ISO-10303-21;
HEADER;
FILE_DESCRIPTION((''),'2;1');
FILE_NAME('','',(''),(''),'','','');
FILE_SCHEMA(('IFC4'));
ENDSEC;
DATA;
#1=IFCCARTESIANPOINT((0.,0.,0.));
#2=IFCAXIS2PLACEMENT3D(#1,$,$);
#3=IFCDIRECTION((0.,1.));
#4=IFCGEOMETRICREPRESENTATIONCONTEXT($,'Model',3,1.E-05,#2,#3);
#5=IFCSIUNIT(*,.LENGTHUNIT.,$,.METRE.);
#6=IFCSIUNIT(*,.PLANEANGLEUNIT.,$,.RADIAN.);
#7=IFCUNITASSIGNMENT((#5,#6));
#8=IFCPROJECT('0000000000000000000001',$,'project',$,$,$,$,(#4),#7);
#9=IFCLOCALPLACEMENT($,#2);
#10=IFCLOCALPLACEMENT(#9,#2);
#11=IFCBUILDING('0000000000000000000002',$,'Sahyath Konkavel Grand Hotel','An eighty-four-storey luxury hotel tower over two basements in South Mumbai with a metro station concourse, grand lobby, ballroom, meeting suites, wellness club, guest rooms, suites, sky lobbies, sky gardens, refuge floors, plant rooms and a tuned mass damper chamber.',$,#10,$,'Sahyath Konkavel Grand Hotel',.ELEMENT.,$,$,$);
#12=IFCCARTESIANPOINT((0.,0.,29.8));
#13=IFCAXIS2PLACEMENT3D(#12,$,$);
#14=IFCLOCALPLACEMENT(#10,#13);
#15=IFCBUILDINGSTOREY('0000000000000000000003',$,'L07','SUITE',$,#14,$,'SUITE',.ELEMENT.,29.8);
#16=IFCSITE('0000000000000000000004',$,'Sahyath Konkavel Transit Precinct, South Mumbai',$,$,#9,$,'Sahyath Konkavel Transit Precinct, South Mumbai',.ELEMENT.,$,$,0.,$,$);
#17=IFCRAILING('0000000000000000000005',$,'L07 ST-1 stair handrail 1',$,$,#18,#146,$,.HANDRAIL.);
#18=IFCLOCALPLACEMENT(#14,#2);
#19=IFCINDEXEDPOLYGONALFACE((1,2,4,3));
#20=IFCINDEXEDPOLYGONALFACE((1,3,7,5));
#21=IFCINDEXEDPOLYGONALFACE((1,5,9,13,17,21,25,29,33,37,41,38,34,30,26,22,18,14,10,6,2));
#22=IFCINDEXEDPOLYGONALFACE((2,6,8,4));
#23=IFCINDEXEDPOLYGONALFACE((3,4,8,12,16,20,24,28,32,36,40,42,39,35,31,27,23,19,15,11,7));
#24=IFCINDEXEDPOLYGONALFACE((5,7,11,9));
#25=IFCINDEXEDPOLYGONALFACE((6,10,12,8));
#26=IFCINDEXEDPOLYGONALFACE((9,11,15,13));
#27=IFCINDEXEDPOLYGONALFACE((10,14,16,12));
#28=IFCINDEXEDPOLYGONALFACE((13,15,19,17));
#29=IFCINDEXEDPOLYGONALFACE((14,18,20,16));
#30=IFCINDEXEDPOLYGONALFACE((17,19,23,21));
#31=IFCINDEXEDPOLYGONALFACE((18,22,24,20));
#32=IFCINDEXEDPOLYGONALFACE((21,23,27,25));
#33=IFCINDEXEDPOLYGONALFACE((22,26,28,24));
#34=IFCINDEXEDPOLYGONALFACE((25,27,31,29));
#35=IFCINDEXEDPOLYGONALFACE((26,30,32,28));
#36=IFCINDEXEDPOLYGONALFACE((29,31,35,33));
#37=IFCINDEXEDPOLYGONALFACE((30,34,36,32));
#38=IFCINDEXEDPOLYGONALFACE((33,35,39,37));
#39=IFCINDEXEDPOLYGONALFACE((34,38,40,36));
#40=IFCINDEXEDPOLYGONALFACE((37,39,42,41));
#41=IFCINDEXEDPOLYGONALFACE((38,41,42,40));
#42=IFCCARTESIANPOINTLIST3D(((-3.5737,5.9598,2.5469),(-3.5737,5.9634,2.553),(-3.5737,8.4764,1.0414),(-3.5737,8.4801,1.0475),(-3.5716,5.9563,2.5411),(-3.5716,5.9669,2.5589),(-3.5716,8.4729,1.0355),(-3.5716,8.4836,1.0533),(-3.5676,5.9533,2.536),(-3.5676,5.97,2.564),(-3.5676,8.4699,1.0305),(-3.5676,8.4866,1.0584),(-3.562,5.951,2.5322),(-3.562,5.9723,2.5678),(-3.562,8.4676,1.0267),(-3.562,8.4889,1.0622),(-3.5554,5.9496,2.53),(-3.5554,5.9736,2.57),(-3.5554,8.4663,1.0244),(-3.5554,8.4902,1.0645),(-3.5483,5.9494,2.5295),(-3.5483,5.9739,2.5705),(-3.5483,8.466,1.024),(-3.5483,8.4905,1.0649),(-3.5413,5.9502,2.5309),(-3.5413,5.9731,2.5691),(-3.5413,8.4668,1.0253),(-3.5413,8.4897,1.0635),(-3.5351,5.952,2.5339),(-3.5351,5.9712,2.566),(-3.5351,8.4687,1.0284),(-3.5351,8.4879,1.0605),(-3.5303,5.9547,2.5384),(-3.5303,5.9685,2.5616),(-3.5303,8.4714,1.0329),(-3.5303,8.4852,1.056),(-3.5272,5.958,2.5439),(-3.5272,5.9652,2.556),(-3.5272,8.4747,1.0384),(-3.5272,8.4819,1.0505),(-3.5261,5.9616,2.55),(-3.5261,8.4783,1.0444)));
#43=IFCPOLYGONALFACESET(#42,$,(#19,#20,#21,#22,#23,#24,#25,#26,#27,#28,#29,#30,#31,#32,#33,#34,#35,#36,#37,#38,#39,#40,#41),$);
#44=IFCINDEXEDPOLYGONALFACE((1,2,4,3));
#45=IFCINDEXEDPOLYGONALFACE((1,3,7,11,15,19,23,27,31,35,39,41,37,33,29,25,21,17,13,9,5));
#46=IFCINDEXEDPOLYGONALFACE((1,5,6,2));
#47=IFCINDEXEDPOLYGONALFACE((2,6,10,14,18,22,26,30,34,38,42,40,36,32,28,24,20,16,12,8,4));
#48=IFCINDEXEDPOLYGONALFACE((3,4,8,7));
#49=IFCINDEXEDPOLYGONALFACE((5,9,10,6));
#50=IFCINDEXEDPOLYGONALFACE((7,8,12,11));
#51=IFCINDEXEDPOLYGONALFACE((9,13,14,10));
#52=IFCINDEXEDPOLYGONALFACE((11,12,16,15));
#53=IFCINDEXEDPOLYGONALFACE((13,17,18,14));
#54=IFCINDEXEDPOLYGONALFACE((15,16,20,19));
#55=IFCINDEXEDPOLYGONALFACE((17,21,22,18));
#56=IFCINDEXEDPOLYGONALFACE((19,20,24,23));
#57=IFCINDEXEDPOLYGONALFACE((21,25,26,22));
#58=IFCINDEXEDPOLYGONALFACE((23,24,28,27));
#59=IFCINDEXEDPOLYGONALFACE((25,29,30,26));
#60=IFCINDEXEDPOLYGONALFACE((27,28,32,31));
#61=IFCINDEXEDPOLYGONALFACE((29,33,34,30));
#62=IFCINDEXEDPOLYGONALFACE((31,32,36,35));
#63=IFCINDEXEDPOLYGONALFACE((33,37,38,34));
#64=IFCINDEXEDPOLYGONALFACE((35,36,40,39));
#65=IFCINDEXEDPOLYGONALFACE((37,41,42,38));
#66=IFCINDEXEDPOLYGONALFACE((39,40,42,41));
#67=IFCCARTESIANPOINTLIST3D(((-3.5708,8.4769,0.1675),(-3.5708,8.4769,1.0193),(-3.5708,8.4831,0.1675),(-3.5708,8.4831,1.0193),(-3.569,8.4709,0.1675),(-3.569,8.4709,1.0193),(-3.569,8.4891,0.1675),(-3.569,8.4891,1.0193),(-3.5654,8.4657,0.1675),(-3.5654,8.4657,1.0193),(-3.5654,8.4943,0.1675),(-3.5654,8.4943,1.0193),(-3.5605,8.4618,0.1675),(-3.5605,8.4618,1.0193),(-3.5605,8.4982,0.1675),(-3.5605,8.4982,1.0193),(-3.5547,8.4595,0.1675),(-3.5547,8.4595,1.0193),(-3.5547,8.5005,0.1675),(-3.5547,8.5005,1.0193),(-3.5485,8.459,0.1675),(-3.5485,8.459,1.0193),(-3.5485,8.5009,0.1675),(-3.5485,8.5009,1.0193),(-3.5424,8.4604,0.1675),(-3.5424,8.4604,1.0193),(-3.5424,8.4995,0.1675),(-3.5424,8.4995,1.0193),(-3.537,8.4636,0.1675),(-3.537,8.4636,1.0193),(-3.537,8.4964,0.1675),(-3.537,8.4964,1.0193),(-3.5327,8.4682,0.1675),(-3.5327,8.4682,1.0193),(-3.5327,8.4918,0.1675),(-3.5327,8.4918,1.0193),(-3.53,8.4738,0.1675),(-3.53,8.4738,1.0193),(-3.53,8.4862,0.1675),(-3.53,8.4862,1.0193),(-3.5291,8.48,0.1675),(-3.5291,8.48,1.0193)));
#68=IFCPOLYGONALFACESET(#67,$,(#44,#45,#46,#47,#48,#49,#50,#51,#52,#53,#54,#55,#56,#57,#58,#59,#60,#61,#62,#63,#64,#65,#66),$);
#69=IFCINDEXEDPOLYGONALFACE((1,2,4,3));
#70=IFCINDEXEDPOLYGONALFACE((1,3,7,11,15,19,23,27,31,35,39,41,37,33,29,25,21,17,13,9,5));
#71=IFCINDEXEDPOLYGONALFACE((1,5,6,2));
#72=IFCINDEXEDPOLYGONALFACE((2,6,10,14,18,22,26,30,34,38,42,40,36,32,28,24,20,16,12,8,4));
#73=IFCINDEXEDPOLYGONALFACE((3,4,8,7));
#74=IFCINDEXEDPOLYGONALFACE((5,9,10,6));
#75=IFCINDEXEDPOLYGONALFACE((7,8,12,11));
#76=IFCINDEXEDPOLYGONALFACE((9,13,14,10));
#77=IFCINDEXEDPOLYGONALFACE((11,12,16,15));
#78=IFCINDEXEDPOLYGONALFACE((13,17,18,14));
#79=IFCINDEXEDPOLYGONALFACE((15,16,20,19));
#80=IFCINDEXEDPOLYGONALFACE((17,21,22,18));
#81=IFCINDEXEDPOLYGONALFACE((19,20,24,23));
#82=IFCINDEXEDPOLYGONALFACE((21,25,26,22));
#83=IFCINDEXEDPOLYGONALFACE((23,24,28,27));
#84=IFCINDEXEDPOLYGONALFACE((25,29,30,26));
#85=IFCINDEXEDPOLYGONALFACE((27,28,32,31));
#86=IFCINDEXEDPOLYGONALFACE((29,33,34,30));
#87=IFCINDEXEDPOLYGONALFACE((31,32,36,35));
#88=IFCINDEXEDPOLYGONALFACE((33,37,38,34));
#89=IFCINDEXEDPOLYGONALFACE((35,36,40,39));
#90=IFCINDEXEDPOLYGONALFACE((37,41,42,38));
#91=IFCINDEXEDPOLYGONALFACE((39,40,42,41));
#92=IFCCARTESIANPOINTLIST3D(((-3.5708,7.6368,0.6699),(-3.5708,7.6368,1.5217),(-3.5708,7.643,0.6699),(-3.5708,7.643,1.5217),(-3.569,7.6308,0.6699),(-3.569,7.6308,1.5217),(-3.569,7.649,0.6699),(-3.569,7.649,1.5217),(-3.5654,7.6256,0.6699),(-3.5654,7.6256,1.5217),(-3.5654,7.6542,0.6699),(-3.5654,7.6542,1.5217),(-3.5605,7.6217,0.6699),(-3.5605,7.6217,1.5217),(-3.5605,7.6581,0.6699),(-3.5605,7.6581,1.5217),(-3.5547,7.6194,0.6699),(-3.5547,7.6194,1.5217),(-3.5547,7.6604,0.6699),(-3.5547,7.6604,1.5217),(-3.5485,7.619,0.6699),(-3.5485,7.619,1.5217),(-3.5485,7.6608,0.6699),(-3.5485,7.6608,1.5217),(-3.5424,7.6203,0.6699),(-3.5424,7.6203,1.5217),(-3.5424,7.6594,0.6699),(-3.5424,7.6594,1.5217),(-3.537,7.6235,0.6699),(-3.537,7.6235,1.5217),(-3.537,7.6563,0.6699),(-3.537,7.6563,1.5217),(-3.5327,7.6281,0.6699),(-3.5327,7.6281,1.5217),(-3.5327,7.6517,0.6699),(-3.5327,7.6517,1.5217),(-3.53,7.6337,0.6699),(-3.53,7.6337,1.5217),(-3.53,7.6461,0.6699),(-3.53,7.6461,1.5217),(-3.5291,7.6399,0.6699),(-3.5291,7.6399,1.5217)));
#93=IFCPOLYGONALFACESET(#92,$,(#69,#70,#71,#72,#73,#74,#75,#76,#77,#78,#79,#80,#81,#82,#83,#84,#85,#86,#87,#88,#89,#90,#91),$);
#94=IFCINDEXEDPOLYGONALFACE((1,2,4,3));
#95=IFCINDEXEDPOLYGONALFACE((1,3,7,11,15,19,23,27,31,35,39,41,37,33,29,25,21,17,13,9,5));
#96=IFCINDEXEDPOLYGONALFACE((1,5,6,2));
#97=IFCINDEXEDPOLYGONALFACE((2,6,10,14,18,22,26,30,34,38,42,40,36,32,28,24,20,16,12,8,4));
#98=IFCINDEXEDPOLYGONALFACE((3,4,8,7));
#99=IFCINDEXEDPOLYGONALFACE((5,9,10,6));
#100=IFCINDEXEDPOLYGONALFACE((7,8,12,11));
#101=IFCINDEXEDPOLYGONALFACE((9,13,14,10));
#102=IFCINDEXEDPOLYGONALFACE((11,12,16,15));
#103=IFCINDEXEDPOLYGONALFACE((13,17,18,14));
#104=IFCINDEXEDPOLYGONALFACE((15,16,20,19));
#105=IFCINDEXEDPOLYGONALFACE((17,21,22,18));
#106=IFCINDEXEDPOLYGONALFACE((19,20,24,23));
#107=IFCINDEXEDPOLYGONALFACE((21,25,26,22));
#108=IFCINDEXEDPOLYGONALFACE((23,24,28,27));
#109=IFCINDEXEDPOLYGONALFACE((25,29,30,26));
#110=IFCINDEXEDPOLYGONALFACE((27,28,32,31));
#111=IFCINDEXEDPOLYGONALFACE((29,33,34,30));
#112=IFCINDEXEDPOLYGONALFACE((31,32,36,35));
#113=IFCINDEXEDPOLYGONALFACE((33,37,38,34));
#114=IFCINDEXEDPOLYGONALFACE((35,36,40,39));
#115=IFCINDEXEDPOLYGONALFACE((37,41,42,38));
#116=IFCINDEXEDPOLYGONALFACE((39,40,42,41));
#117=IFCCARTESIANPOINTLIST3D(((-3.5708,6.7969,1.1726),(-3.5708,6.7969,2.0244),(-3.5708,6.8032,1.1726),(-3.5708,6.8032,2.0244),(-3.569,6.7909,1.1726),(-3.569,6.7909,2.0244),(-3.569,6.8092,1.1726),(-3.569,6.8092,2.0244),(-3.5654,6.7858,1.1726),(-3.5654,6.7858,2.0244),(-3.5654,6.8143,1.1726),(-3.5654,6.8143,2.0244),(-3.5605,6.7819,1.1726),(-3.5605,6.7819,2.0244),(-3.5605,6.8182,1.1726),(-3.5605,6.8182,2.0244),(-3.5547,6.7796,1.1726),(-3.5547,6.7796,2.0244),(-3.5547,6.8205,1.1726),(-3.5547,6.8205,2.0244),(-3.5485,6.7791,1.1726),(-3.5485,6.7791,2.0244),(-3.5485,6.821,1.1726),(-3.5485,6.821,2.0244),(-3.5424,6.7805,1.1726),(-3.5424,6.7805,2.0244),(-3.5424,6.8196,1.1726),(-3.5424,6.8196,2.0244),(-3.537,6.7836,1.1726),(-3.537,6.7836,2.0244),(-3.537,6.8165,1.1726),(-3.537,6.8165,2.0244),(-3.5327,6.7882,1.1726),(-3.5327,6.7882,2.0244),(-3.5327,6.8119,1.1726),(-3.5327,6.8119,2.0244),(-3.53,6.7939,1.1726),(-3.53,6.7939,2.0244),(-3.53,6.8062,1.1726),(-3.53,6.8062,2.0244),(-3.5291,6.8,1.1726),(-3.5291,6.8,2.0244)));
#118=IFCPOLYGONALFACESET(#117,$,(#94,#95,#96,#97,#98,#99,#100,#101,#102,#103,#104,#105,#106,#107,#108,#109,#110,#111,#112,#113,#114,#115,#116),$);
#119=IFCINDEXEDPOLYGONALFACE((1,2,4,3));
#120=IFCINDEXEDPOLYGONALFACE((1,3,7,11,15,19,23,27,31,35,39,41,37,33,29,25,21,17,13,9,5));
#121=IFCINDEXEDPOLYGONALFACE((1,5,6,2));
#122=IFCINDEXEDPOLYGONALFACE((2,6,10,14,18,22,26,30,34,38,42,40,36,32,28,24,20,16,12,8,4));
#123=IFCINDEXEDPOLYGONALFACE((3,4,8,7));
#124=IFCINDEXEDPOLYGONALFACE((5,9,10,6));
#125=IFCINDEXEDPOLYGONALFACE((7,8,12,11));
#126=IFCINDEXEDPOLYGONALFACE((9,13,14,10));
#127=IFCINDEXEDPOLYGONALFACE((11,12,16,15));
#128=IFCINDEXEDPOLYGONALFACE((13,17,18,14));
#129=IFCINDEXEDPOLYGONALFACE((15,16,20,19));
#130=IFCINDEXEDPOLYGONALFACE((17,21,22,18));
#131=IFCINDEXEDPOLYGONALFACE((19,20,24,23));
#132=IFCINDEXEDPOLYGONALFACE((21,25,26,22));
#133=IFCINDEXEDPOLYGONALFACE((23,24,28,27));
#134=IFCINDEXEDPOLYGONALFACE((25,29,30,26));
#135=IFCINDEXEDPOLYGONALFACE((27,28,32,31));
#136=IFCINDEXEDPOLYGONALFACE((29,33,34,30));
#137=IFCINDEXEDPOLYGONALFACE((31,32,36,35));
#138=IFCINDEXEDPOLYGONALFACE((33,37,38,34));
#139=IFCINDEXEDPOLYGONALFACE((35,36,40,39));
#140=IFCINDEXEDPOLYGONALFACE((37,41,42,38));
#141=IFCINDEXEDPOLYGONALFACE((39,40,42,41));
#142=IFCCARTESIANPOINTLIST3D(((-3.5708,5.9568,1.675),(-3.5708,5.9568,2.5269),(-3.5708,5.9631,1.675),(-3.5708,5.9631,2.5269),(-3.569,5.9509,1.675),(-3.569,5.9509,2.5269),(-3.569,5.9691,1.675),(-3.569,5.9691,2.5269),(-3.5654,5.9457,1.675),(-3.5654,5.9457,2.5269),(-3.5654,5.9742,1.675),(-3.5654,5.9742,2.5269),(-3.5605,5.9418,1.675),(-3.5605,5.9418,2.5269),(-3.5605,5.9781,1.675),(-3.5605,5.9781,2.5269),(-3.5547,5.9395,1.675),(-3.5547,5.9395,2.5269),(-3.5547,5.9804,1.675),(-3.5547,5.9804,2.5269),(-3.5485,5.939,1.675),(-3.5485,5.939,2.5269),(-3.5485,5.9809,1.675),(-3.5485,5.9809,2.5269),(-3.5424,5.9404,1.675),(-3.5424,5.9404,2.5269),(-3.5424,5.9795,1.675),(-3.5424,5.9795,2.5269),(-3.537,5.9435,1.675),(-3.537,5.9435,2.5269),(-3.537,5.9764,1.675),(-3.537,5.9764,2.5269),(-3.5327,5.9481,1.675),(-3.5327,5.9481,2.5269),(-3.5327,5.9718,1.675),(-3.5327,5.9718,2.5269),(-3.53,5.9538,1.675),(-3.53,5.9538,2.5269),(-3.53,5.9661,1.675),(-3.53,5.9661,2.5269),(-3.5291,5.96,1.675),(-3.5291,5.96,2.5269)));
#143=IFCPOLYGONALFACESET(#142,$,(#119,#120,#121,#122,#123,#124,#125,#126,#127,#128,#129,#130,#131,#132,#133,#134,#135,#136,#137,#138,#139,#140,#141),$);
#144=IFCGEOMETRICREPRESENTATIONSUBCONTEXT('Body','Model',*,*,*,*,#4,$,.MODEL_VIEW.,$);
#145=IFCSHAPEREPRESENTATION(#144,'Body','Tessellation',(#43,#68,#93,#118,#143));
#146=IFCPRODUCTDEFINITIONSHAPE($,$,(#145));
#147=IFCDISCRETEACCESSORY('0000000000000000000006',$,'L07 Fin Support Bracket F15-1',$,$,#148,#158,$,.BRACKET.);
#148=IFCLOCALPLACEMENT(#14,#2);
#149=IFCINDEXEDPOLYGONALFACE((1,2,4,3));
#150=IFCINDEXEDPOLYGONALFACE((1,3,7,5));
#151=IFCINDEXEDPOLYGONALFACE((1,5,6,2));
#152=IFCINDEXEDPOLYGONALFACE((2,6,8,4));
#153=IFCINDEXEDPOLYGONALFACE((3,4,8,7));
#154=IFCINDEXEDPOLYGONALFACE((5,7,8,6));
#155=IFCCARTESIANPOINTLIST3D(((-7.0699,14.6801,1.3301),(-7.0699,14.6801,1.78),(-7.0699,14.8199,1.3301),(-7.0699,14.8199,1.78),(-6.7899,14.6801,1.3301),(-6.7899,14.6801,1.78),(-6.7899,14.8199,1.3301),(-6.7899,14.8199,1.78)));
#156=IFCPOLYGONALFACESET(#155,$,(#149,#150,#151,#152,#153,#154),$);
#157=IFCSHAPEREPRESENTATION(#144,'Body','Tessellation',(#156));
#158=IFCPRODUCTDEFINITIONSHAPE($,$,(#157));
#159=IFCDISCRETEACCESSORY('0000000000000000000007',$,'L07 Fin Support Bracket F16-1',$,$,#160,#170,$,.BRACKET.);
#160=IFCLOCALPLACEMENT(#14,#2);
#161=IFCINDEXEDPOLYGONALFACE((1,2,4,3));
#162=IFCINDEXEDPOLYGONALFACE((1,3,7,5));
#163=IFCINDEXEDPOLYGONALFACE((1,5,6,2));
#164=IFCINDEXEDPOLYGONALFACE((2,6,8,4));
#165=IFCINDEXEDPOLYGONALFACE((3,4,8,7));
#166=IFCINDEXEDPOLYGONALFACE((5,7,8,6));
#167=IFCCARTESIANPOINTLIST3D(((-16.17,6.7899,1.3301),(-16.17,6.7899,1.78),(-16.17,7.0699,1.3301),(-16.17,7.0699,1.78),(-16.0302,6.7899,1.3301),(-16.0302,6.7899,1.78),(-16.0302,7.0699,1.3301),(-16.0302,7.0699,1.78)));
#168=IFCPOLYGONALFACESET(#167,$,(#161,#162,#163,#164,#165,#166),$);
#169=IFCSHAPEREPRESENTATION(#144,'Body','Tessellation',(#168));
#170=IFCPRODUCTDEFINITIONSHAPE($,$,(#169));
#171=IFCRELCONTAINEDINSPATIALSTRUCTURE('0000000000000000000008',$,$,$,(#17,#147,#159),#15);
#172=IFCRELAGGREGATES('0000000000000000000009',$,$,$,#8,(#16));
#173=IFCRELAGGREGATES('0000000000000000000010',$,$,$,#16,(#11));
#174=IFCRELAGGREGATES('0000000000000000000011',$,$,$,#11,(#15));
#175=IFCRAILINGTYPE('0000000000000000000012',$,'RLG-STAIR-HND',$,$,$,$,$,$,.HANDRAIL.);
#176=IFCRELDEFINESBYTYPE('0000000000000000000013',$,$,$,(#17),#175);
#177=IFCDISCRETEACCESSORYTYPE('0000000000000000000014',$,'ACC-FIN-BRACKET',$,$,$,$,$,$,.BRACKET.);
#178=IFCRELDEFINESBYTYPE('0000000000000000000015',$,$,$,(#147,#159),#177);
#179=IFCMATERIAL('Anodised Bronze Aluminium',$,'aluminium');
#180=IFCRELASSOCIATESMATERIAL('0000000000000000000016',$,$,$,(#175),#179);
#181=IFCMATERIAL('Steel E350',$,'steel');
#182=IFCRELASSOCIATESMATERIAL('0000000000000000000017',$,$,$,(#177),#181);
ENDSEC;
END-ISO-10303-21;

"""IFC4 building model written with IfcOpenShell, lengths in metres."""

from ifc_helpers import new_model, si_unit, direction, frame, origin, origin_2d, place, context, subcontext, project, spatial, rectangle, circle, extrude, source, transform, mapped, material, type_object, element, save


model = new_model("IFC4")

# Units and contexts
model_context = context("Model", 3, precision=1e-05, world=origin(), true_north=direction((0.0, 1.0)))
body_context = subcontext(model_context, "Body", "Model", "MODEL_VIEW")
ifc_project = project(units=[si_unit("LENGTHUNIT", "METRE"), si_unit("PLANEANGLEUNIT", "RADIAN")], contexts=[model_context])

# Site, building, storey
site_placement = place(None, origin())
site = spatial("IfcSite", under=ifc_project, at=site_placement, Name="Sahyath Konkavel Transit Precinct, South Mumbai", LongName="Sahyath Konkavel Transit Precinct, South Mumbai", CompositionType="ELEMENT", RefElevation=0.0)
building_placement = place(site_placement, origin())
building = spatial("IfcBuilding", under=site, at=building_placement, Name="Sahyath Konkavel Grand Hotel", Description="An eighty-four-storey luxury hotel tower over two basements in South Mumbai with a metro station concourse, grand lobby, ballroom, meeting suites, wellness club, guest rooms, suites, sky lobbies, sky gardens, refuge floors, plant rooms and a tuned mass damper chamber.", LongName="Sahyath Konkavel Grand Hotel", CompositionType="ELEMENT")
storey_placement = place(building_placement, frame((0.0, 0.0, 29.8)))
storey = spatial("IfcBuildingStorey", under=building, at=storey_placement, Name="L07", Description="SUITE", LongName="SUITE", CompositionType="ELEMENT", Elevation=29.8)

# Shared definitions
ifc_material_1 = material(Name="Steel E350", Category="steel")

# Shared definitions
ifc_material_2 = material(Name="Anodised Bronze Aluminium", Category="aluminium")

# Railing
railing_type_1 = type_object("IfcRailingType", Name="RLG-STAIR-HND", PredefinedType="HANDRAIL", material=ifc_material_2)
railing_1_placement = place(storey_placement, frame((-3.55, 8.48, 0.1675)))
element("IfcRailing", 1, at=railing_1_placement, inside=storey, type_object=railing_type_1, Name="L07 ST-1 stair handrail 1", PredefinedType="HANDRAIL", context=body_context, shape_type="SweptSolid", body=[
    extrude(circle(Radius=0.0239, at=origin_2d()), frame((0.0, -0.0017, 0.877), z_axis=(0.0, -0.85816, 0.513383), x_axis=(1.0, 0.0, 0.0)), (0.0, 0.0, 1.0), 2.9326),
    extrude(circle(Radius=0.021, at=origin_2d()), origin(), (0.0, 0.0, 1.0), 0.8518),
    extrude(circle(Radius=0.021, at=origin_2d()), frame((0.0, -0.8401, 0.5024)), (0.0, 0.0, 1.0), 0.8518),
    extrude(circle(Radius=0.021, at=origin_2d()), frame((0.0, -1.6799, 1.0051)), (0.0, 0.0, 1.0), 0.8518),
    extrude(circle(Radius=0.021, at=origin_2d()), frame((0.0, -2.52, 1.5076)), (0.0, 0.0, 1.0), 0.8518),
])

# Discrete accessories
discrete_accessory_type = type_object("IfcDiscreteAccessoryType", Name="ACC-FIN-BRACKET", PredefinedType="BRACKET", material=ifc_material_1)
shared_shape_1 = source(origin(), body_context, "Body", "SweptSolid", [
    extrude(rectangle(XDim=0.28, YDim=0.1399, at=origin_2d()), origin(), (0.0, 0.0, 1.0), 0.45),
])
for number, where, z_axis, x_axis, name in (
    (2, (-6.9299, 14.75, 1.3301), (0.0, 0.0, 1.0), (-1.0, 0.0, 0.0), "L07 Fin Support Bracket F15-1"),
    (3, (-16.1001, 6.9299, 1.3301), (0.0, 0.0, 1.0), (0.0, 1.0, 0.0), "L07 Fin Support Bracket F16-1"),
):
    element("IfcDiscreteAccessory", number, at=place(storey_placement, frame(where, z_axis=z_axis, x_axis=x_axis)), inside=storey, type_object=discrete_accessory_type, Name=name, PredefinedType="BRACKET", context=body_context, shape_type="MappedRepresentation", body=[
        mapped(shared_shape_1, transform((0.0, 0.0, 0.0), scale=1.0)),
    ])

save(model, "model.ifc")
